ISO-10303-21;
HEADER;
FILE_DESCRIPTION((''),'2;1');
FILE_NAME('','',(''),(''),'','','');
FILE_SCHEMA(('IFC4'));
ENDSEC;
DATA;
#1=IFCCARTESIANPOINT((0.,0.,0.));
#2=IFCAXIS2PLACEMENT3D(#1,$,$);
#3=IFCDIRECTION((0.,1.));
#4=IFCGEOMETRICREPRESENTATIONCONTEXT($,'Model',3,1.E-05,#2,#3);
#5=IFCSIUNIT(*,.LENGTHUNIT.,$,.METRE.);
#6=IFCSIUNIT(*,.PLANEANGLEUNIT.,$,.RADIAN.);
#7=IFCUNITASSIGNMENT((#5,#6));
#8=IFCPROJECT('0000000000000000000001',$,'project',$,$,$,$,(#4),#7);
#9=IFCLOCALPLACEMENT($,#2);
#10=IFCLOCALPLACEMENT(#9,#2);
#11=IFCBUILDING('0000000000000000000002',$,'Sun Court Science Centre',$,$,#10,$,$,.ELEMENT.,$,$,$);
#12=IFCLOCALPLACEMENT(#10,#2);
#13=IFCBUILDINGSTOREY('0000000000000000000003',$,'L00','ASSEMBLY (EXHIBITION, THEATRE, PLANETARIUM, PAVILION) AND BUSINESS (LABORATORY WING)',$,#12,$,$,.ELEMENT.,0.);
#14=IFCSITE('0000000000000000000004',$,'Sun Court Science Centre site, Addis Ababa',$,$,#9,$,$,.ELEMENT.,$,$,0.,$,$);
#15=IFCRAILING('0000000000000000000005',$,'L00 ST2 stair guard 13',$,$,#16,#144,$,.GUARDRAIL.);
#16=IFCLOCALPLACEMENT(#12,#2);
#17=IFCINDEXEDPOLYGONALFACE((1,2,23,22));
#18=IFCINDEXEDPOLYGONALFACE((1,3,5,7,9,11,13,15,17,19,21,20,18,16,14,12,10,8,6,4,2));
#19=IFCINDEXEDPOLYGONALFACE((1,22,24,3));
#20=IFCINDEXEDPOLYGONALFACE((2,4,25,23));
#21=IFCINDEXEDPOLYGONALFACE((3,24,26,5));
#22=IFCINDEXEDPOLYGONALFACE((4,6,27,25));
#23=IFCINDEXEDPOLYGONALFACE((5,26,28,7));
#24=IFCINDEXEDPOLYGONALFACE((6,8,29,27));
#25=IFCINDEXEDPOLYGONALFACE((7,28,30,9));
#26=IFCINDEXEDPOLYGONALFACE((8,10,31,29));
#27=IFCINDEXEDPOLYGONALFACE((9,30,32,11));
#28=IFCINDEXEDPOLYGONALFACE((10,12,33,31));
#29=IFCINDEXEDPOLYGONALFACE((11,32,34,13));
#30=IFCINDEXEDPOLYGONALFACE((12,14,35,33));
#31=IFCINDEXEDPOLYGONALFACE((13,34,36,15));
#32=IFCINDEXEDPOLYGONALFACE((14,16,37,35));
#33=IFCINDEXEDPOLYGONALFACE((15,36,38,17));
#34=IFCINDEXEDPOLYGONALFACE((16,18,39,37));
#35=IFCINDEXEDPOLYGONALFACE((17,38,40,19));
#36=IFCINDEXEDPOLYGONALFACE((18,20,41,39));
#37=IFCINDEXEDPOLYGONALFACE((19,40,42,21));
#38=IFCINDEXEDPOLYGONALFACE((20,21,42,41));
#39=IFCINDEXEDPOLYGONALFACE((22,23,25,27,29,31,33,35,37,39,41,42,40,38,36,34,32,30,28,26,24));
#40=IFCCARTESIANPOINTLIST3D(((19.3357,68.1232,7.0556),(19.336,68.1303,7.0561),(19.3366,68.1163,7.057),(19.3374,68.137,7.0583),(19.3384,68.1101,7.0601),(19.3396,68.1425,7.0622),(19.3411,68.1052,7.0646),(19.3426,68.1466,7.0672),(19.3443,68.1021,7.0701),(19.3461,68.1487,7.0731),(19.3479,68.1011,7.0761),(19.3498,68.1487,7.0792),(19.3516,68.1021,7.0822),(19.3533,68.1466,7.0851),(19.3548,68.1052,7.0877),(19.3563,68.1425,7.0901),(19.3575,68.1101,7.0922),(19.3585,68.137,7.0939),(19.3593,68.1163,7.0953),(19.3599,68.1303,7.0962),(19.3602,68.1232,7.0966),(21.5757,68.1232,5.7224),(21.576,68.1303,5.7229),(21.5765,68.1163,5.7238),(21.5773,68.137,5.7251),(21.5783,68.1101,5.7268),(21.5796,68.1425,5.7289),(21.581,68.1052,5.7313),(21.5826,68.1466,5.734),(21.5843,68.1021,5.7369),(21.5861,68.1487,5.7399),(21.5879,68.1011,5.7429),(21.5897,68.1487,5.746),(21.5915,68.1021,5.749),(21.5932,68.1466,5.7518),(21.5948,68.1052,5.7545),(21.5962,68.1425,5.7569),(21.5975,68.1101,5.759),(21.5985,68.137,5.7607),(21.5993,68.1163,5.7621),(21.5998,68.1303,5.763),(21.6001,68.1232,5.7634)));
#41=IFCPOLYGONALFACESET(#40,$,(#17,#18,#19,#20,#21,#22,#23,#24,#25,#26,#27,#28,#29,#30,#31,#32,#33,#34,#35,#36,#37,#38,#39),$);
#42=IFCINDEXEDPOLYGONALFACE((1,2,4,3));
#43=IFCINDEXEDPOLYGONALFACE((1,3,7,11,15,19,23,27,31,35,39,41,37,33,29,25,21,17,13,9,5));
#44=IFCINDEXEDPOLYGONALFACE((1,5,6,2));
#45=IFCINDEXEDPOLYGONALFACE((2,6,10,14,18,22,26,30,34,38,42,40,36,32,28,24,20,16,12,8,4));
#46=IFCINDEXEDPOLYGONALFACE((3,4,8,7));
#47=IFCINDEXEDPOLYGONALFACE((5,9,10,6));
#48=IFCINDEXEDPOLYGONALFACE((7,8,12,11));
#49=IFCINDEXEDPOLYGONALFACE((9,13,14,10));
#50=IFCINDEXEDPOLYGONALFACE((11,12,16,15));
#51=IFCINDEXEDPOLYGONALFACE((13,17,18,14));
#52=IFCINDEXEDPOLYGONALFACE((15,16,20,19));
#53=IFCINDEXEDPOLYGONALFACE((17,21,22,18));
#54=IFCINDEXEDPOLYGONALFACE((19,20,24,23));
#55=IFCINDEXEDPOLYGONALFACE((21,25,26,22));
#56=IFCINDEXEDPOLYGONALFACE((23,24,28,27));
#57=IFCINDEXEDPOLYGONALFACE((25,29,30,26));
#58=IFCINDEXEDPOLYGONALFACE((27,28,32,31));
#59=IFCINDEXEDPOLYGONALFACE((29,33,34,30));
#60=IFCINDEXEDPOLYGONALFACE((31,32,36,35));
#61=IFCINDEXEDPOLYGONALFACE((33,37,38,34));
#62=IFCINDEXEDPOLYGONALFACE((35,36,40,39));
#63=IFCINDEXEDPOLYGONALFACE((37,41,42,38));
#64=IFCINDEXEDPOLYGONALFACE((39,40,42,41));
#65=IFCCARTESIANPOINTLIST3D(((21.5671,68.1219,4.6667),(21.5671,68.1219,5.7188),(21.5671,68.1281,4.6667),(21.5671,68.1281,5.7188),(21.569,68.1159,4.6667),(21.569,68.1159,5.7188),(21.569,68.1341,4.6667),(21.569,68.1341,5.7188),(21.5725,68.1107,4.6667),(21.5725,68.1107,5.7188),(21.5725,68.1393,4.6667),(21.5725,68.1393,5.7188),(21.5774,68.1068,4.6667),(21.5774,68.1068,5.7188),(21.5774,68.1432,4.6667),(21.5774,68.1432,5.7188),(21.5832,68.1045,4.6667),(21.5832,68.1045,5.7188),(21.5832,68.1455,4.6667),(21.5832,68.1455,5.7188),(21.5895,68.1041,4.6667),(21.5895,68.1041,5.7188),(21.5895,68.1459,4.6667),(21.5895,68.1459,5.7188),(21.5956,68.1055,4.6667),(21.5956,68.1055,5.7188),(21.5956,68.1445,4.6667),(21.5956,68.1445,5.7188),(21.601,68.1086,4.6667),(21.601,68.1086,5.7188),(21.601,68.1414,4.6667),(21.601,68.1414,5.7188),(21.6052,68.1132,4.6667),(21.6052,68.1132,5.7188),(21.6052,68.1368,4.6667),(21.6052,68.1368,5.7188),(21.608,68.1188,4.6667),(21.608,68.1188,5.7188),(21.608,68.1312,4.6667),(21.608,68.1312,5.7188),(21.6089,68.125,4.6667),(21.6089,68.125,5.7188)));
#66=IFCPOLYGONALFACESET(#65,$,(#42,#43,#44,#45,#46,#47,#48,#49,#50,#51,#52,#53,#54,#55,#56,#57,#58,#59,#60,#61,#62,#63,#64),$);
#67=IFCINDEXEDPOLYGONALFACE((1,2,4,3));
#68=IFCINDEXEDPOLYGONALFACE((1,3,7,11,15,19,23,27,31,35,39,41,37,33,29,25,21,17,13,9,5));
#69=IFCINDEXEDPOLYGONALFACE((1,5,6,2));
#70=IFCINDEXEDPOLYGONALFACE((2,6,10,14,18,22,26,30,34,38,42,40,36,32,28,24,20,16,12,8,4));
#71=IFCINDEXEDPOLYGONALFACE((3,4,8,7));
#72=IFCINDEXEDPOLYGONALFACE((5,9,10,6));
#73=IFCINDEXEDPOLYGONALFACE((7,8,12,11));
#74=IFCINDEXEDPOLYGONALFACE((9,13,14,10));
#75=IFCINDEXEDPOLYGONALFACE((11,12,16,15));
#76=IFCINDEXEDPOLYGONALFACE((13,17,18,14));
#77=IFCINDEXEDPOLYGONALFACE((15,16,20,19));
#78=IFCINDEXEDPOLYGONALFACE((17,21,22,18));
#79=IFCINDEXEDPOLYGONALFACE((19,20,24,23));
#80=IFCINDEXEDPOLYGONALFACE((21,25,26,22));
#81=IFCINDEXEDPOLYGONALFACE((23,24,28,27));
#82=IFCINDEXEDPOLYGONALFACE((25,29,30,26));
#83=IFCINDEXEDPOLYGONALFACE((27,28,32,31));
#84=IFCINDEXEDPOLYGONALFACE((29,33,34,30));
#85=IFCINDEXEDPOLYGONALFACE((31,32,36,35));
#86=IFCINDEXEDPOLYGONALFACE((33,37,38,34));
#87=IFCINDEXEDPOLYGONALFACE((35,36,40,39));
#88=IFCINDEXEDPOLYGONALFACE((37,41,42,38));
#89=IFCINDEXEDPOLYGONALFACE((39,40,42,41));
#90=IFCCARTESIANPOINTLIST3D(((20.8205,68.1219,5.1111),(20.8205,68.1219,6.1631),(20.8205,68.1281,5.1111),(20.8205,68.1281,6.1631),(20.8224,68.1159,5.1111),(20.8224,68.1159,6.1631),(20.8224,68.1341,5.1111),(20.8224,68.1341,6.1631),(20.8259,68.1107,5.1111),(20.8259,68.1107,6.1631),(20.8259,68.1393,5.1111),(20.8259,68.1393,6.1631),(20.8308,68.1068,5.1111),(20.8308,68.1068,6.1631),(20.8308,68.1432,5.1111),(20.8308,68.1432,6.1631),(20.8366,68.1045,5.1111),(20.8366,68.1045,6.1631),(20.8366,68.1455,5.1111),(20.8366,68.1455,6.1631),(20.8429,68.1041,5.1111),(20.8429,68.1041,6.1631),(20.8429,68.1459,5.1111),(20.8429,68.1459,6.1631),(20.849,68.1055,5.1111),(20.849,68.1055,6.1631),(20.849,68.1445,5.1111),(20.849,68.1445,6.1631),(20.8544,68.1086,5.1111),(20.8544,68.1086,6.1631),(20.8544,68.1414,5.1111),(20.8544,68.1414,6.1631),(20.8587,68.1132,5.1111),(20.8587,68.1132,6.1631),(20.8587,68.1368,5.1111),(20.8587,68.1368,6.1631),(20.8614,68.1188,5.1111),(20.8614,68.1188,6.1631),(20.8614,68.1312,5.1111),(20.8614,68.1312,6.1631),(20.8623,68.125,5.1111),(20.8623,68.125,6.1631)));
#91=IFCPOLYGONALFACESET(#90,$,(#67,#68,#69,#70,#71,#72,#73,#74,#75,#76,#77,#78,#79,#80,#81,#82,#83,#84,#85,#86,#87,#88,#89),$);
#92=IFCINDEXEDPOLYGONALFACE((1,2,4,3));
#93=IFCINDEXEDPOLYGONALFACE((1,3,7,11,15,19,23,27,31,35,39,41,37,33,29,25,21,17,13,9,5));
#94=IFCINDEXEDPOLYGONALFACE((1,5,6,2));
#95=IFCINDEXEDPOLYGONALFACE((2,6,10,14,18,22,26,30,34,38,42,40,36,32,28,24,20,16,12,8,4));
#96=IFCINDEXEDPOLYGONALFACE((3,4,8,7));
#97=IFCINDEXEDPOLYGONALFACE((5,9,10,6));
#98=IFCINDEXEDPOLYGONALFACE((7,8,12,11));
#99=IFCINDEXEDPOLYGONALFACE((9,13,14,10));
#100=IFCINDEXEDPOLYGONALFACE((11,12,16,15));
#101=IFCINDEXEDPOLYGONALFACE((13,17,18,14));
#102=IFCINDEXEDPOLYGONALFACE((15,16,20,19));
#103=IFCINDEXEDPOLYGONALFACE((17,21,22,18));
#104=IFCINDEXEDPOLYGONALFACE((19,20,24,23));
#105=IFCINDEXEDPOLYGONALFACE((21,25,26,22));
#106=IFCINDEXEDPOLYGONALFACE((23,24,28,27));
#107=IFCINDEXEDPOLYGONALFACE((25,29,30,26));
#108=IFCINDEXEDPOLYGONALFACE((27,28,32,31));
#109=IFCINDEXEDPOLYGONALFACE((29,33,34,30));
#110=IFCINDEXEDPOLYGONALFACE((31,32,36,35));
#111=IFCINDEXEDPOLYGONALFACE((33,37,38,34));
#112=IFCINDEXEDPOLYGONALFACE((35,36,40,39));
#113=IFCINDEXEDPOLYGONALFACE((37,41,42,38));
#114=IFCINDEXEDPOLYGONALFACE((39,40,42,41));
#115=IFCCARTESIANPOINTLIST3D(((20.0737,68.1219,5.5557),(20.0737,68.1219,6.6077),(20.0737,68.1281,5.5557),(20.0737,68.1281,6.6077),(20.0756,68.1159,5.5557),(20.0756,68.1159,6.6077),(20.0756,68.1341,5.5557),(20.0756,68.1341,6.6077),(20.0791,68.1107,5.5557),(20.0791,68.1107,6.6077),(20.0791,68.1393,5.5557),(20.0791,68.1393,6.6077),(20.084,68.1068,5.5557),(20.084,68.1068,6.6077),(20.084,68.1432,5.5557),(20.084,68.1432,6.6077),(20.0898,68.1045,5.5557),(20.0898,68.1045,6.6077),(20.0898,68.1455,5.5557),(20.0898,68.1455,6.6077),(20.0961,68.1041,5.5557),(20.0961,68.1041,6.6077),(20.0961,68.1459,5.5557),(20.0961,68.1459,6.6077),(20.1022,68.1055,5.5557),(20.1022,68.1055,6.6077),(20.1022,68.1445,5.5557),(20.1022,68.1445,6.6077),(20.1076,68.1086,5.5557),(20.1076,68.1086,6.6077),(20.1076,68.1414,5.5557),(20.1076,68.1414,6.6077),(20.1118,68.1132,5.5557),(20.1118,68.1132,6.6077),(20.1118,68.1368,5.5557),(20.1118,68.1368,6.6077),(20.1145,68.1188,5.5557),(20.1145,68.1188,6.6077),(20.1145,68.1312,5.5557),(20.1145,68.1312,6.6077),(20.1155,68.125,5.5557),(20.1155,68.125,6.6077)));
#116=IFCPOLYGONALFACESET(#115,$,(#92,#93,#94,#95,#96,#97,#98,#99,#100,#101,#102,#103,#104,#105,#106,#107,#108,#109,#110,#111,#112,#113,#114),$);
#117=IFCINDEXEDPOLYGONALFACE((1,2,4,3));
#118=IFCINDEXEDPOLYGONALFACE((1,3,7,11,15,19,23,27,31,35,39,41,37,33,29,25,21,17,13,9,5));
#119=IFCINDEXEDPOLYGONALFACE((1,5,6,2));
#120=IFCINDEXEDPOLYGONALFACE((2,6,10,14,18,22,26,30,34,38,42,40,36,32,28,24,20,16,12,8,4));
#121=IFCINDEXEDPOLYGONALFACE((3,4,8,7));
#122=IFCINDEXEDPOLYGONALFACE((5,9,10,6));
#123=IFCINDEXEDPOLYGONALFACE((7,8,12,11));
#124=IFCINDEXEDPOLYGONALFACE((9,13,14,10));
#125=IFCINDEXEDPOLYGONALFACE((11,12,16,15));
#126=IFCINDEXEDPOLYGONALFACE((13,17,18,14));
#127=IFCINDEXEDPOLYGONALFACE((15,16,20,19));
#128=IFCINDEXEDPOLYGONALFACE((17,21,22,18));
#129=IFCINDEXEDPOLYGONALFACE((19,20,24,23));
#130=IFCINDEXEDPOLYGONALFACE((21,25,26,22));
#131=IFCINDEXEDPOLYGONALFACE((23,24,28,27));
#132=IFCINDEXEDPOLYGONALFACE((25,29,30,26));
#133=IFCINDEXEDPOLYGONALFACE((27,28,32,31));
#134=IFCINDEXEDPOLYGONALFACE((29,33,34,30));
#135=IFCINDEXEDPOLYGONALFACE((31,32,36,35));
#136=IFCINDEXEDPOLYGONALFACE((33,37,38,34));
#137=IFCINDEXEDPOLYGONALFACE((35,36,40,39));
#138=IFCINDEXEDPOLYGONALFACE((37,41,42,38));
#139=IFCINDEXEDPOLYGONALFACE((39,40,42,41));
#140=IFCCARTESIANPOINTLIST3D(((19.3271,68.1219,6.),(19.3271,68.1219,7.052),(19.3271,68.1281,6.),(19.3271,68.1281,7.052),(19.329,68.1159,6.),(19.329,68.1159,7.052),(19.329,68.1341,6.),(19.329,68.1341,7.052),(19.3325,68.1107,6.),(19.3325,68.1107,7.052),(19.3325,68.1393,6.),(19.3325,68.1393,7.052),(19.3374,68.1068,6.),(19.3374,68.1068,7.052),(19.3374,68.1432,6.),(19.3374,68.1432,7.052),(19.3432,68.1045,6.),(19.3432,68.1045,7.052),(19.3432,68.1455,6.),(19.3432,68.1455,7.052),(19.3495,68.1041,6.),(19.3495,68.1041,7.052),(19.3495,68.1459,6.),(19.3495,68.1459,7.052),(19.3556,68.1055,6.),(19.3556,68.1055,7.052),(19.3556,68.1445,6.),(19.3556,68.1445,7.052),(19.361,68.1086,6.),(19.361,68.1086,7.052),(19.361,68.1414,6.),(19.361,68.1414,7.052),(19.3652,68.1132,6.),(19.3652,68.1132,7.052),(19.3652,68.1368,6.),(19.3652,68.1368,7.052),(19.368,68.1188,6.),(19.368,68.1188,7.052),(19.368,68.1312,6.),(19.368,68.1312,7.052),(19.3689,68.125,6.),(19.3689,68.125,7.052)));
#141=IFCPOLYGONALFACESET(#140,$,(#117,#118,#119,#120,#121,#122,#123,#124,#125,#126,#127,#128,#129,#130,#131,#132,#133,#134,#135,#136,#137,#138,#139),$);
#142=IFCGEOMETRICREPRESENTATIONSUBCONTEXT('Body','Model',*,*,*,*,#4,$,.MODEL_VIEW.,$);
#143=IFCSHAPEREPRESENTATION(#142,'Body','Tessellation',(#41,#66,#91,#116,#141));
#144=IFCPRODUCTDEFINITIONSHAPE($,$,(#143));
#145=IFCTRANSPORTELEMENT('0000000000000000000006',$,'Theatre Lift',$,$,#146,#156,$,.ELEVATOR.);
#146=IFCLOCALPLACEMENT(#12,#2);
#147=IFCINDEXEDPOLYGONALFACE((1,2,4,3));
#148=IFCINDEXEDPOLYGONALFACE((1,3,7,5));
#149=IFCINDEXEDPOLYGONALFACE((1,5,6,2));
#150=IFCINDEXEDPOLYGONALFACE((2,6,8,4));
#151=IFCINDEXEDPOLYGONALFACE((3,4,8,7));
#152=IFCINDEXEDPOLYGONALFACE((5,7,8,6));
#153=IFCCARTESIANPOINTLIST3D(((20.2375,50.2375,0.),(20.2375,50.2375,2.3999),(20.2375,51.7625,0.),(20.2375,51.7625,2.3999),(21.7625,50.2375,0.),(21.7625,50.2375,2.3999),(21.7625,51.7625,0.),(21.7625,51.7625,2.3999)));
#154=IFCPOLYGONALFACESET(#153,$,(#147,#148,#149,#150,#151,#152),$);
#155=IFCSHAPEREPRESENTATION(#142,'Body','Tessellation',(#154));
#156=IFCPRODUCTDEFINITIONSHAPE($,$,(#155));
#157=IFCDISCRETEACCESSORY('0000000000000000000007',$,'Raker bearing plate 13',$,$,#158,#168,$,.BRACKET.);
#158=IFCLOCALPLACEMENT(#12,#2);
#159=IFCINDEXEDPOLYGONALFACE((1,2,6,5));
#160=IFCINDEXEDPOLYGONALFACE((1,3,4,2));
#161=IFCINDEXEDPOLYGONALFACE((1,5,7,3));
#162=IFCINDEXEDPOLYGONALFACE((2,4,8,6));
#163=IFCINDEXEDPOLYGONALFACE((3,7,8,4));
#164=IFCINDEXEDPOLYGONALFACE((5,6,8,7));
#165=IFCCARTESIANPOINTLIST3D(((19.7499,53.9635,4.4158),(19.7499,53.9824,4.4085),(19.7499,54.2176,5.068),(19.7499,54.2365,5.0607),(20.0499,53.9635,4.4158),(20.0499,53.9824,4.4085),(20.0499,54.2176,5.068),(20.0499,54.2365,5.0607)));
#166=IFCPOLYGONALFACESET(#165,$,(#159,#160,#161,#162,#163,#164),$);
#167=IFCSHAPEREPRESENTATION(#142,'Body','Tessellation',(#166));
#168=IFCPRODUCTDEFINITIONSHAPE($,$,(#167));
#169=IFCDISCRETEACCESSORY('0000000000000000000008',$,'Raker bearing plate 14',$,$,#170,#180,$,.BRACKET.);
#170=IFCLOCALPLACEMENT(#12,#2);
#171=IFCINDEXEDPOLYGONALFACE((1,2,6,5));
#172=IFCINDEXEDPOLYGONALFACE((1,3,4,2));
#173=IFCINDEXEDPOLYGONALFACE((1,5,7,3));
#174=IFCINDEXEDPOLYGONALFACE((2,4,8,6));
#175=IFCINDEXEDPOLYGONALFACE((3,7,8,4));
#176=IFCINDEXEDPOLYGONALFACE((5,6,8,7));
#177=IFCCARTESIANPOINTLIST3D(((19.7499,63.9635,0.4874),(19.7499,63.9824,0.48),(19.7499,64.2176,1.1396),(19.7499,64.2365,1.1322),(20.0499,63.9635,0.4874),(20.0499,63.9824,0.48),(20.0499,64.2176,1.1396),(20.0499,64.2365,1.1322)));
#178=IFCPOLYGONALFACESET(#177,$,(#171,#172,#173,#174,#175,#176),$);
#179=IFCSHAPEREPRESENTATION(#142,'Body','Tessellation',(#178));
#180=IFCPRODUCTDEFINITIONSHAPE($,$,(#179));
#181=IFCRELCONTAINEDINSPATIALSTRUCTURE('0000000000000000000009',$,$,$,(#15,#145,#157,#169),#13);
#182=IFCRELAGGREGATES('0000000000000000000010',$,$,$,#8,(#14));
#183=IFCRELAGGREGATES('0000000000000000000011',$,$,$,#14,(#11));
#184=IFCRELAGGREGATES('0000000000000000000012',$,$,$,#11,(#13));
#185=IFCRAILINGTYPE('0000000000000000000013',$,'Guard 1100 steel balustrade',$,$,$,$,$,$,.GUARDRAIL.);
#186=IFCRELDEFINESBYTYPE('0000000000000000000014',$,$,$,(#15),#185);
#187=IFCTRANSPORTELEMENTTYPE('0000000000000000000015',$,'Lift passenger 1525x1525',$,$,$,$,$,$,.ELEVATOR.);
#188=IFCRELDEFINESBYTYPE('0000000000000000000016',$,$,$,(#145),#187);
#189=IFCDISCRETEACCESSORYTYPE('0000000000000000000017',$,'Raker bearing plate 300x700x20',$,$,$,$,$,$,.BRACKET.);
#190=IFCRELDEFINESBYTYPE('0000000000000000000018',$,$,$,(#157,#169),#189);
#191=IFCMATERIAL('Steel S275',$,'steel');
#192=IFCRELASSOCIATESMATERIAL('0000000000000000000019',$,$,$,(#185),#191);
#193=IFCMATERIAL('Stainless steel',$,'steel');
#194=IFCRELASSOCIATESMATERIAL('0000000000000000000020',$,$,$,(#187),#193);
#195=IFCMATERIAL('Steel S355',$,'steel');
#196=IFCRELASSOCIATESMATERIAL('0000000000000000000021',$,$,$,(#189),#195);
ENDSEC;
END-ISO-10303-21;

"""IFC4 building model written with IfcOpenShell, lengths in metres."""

from ifc_helpers import new_model, si_unit, direction, frame, origin, origin_2d, place, context, subcontext, project, spatial, rectangle, circle, extrude, material, material_profile, profile_set, type_object, element, save


model = new_model("IFC4")

# Units and contexts
model_context = context("Model", 3, precision=1e-05, world=origin(), true_north=direction((0.0, 1.0)))
body_context = subcontext(model_context, "Body", "Model", "MODEL_VIEW")
ifc_project = project(units=[si_unit("LENGTHUNIT", "METRE"), si_unit("PLANEANGLEUNIT", "RADIAN")], contexts=[model_context])

# Site, building, storey
site_placement = place(None, origin())
site = spatial("IfcSite", under=ifc_project, at=site_placement, Name="Sun Court Science Centre site, Addis Ababa", CompositionType="ELEMENT", RefElevation=0.0)
building_placement = place(site_placement, origin())
building = spatial("IfcBuilding", under=site, at=building_placement, Name="Sun Court Science Centre", CompositionType="ELEMENT")
storey_placement = place(building_placement, origin())
storey = spatial("IfcBuildingStorey", under=building, at=storey_placement, Name="L00", Description="ASSEMBLY (EXHIBITION, THEATRE, PLANETARIUM, PAVILION) AND BUSINESS (LABORATORY WING)", CompositionType="ELEMENT", Elevation=0.0)

# Railing
ifc_material_1 = material(Name="Steel S275", Category="steel")
railing_type = type_object("IfcRailingType", Name="Guard 1100 steel balustrade", PredefinedType="GUARDRAIL", material=ifc_material_1)
railing_1_placement = place(storey_placement, frame((21.5879, 68.125, 4.6667)))
element("IfcRailing", 1, at=railing_1_placement, inside=storey, type_object=railing_type, Name="L00 ST2 stair guard 13", PredefinedType="GUARDRAIL", context=body_context, shape_type="SweptSolid", body=[
    extrude(circle(Radius=0.0239, at=origin_2d()), frame((0.0, 0.0, 1.0762), z_axis=(-0.859306, 0.0, 0.511462), x_axis=(0.0, -1.0, 0.0)), (0.0, 0.0, 1.0), 2.6067),
    extrude(circle(Radius=0.021, at=origin_2d()), origin(), (0.0, 0.0, 1.0), 1.052),
    extrude(circle(Radius=0.021, at=origin_2d()), frame((-0.7466, 0.0, 0.4443)), (0.0, 0.0, 1.0), 1.052),
    extrude(circle(Radius=0.021, at=origin_2d()), frame((-1.4934, 0.0, 0.8889)), (0.0, 0.0, 1.0), 1.052),
    extrude(circle(Radius=0.021, at=origin_2d()), frame((-2.24, 0.0, 1.3333)), (0.0, 0.0, 1.0), 1.052),
])

# Transport element
ifc_material_2 = material(Name="Stainless steel", Category="steel")
transport_element_type = type_object("IfcTransportElementType", Name="Lift passenger 1525x1525", PredefinedType="ELEVATOR", material=ifc_material_2)
transport_element_placement = place(storey_placement, frame((21.0, 51.0, 0.0), z_axis=(0.0, 0.0, 1.0), x_axis=(1.0, 0.0, 0.0)))
element("IfcTransportElement", 2, at=transport_element_placement, inside=storey, type_object=transport_element_type, Name="Theatre Lift", PredefinedType="ELEVATOR", context=body_context, shape_type="SweptSolid", body=[
    extrude(rectangle(XDim=1.5249, YDim=1.5249, at=origin_2d()), origin(), (0.0, 0.0, 1.0), 2.3999),
])

# Discrete accessories
ifc_material_3 = material(Name="Steel S355", Category="steel")
ifc_material_profile_1 = material_profile(ifc_material_3, rectangle(XDim=0.3, YDim=0.7, at=origin_2d()), Name="PL 300x700")
ifc_profile_set_1 = profile_set([ifc_material_profile_1], Name="Steel S355")
discrete_accessory_type = type_object("IfcDiscreteAccessoryType", Name="Raker bearing plate 300x700x20", PredefinedType="BRACKET", material=ifc_profile_set_1)
for number, where, z_axis, x_axis, name in (
    (3, (19.8999, 54.0906, 4.7419), (0.0, 0.931777, -0.36303), (-1.0, 0.0, 0.0), "Raker bearing plate 13"),
    (4, (19.8999, 64.0906, 0.8135), (0.0, 0.931777, -0.36303), (-1.0, 0.0, 0.0), "Raker bearing plate 14"),
):
    element("IfcDiscreteAccessory", number, at=place(storey_placement, frame(where, z_axis=z_axis, x_axis=x_axis)), inside=storey, type_object=discrete_accessory_type, Name=name, PredefinedType="BRACKET", context=body_context, shape_type="SweptSolid", body=[
        extrude(rectangle(XDim=0.3, YDim=0.7, at=origin_2d()), origin(), (0.0, 0.0, 1.0), 0.0203),
    ])

save(model, "model.ifc")
